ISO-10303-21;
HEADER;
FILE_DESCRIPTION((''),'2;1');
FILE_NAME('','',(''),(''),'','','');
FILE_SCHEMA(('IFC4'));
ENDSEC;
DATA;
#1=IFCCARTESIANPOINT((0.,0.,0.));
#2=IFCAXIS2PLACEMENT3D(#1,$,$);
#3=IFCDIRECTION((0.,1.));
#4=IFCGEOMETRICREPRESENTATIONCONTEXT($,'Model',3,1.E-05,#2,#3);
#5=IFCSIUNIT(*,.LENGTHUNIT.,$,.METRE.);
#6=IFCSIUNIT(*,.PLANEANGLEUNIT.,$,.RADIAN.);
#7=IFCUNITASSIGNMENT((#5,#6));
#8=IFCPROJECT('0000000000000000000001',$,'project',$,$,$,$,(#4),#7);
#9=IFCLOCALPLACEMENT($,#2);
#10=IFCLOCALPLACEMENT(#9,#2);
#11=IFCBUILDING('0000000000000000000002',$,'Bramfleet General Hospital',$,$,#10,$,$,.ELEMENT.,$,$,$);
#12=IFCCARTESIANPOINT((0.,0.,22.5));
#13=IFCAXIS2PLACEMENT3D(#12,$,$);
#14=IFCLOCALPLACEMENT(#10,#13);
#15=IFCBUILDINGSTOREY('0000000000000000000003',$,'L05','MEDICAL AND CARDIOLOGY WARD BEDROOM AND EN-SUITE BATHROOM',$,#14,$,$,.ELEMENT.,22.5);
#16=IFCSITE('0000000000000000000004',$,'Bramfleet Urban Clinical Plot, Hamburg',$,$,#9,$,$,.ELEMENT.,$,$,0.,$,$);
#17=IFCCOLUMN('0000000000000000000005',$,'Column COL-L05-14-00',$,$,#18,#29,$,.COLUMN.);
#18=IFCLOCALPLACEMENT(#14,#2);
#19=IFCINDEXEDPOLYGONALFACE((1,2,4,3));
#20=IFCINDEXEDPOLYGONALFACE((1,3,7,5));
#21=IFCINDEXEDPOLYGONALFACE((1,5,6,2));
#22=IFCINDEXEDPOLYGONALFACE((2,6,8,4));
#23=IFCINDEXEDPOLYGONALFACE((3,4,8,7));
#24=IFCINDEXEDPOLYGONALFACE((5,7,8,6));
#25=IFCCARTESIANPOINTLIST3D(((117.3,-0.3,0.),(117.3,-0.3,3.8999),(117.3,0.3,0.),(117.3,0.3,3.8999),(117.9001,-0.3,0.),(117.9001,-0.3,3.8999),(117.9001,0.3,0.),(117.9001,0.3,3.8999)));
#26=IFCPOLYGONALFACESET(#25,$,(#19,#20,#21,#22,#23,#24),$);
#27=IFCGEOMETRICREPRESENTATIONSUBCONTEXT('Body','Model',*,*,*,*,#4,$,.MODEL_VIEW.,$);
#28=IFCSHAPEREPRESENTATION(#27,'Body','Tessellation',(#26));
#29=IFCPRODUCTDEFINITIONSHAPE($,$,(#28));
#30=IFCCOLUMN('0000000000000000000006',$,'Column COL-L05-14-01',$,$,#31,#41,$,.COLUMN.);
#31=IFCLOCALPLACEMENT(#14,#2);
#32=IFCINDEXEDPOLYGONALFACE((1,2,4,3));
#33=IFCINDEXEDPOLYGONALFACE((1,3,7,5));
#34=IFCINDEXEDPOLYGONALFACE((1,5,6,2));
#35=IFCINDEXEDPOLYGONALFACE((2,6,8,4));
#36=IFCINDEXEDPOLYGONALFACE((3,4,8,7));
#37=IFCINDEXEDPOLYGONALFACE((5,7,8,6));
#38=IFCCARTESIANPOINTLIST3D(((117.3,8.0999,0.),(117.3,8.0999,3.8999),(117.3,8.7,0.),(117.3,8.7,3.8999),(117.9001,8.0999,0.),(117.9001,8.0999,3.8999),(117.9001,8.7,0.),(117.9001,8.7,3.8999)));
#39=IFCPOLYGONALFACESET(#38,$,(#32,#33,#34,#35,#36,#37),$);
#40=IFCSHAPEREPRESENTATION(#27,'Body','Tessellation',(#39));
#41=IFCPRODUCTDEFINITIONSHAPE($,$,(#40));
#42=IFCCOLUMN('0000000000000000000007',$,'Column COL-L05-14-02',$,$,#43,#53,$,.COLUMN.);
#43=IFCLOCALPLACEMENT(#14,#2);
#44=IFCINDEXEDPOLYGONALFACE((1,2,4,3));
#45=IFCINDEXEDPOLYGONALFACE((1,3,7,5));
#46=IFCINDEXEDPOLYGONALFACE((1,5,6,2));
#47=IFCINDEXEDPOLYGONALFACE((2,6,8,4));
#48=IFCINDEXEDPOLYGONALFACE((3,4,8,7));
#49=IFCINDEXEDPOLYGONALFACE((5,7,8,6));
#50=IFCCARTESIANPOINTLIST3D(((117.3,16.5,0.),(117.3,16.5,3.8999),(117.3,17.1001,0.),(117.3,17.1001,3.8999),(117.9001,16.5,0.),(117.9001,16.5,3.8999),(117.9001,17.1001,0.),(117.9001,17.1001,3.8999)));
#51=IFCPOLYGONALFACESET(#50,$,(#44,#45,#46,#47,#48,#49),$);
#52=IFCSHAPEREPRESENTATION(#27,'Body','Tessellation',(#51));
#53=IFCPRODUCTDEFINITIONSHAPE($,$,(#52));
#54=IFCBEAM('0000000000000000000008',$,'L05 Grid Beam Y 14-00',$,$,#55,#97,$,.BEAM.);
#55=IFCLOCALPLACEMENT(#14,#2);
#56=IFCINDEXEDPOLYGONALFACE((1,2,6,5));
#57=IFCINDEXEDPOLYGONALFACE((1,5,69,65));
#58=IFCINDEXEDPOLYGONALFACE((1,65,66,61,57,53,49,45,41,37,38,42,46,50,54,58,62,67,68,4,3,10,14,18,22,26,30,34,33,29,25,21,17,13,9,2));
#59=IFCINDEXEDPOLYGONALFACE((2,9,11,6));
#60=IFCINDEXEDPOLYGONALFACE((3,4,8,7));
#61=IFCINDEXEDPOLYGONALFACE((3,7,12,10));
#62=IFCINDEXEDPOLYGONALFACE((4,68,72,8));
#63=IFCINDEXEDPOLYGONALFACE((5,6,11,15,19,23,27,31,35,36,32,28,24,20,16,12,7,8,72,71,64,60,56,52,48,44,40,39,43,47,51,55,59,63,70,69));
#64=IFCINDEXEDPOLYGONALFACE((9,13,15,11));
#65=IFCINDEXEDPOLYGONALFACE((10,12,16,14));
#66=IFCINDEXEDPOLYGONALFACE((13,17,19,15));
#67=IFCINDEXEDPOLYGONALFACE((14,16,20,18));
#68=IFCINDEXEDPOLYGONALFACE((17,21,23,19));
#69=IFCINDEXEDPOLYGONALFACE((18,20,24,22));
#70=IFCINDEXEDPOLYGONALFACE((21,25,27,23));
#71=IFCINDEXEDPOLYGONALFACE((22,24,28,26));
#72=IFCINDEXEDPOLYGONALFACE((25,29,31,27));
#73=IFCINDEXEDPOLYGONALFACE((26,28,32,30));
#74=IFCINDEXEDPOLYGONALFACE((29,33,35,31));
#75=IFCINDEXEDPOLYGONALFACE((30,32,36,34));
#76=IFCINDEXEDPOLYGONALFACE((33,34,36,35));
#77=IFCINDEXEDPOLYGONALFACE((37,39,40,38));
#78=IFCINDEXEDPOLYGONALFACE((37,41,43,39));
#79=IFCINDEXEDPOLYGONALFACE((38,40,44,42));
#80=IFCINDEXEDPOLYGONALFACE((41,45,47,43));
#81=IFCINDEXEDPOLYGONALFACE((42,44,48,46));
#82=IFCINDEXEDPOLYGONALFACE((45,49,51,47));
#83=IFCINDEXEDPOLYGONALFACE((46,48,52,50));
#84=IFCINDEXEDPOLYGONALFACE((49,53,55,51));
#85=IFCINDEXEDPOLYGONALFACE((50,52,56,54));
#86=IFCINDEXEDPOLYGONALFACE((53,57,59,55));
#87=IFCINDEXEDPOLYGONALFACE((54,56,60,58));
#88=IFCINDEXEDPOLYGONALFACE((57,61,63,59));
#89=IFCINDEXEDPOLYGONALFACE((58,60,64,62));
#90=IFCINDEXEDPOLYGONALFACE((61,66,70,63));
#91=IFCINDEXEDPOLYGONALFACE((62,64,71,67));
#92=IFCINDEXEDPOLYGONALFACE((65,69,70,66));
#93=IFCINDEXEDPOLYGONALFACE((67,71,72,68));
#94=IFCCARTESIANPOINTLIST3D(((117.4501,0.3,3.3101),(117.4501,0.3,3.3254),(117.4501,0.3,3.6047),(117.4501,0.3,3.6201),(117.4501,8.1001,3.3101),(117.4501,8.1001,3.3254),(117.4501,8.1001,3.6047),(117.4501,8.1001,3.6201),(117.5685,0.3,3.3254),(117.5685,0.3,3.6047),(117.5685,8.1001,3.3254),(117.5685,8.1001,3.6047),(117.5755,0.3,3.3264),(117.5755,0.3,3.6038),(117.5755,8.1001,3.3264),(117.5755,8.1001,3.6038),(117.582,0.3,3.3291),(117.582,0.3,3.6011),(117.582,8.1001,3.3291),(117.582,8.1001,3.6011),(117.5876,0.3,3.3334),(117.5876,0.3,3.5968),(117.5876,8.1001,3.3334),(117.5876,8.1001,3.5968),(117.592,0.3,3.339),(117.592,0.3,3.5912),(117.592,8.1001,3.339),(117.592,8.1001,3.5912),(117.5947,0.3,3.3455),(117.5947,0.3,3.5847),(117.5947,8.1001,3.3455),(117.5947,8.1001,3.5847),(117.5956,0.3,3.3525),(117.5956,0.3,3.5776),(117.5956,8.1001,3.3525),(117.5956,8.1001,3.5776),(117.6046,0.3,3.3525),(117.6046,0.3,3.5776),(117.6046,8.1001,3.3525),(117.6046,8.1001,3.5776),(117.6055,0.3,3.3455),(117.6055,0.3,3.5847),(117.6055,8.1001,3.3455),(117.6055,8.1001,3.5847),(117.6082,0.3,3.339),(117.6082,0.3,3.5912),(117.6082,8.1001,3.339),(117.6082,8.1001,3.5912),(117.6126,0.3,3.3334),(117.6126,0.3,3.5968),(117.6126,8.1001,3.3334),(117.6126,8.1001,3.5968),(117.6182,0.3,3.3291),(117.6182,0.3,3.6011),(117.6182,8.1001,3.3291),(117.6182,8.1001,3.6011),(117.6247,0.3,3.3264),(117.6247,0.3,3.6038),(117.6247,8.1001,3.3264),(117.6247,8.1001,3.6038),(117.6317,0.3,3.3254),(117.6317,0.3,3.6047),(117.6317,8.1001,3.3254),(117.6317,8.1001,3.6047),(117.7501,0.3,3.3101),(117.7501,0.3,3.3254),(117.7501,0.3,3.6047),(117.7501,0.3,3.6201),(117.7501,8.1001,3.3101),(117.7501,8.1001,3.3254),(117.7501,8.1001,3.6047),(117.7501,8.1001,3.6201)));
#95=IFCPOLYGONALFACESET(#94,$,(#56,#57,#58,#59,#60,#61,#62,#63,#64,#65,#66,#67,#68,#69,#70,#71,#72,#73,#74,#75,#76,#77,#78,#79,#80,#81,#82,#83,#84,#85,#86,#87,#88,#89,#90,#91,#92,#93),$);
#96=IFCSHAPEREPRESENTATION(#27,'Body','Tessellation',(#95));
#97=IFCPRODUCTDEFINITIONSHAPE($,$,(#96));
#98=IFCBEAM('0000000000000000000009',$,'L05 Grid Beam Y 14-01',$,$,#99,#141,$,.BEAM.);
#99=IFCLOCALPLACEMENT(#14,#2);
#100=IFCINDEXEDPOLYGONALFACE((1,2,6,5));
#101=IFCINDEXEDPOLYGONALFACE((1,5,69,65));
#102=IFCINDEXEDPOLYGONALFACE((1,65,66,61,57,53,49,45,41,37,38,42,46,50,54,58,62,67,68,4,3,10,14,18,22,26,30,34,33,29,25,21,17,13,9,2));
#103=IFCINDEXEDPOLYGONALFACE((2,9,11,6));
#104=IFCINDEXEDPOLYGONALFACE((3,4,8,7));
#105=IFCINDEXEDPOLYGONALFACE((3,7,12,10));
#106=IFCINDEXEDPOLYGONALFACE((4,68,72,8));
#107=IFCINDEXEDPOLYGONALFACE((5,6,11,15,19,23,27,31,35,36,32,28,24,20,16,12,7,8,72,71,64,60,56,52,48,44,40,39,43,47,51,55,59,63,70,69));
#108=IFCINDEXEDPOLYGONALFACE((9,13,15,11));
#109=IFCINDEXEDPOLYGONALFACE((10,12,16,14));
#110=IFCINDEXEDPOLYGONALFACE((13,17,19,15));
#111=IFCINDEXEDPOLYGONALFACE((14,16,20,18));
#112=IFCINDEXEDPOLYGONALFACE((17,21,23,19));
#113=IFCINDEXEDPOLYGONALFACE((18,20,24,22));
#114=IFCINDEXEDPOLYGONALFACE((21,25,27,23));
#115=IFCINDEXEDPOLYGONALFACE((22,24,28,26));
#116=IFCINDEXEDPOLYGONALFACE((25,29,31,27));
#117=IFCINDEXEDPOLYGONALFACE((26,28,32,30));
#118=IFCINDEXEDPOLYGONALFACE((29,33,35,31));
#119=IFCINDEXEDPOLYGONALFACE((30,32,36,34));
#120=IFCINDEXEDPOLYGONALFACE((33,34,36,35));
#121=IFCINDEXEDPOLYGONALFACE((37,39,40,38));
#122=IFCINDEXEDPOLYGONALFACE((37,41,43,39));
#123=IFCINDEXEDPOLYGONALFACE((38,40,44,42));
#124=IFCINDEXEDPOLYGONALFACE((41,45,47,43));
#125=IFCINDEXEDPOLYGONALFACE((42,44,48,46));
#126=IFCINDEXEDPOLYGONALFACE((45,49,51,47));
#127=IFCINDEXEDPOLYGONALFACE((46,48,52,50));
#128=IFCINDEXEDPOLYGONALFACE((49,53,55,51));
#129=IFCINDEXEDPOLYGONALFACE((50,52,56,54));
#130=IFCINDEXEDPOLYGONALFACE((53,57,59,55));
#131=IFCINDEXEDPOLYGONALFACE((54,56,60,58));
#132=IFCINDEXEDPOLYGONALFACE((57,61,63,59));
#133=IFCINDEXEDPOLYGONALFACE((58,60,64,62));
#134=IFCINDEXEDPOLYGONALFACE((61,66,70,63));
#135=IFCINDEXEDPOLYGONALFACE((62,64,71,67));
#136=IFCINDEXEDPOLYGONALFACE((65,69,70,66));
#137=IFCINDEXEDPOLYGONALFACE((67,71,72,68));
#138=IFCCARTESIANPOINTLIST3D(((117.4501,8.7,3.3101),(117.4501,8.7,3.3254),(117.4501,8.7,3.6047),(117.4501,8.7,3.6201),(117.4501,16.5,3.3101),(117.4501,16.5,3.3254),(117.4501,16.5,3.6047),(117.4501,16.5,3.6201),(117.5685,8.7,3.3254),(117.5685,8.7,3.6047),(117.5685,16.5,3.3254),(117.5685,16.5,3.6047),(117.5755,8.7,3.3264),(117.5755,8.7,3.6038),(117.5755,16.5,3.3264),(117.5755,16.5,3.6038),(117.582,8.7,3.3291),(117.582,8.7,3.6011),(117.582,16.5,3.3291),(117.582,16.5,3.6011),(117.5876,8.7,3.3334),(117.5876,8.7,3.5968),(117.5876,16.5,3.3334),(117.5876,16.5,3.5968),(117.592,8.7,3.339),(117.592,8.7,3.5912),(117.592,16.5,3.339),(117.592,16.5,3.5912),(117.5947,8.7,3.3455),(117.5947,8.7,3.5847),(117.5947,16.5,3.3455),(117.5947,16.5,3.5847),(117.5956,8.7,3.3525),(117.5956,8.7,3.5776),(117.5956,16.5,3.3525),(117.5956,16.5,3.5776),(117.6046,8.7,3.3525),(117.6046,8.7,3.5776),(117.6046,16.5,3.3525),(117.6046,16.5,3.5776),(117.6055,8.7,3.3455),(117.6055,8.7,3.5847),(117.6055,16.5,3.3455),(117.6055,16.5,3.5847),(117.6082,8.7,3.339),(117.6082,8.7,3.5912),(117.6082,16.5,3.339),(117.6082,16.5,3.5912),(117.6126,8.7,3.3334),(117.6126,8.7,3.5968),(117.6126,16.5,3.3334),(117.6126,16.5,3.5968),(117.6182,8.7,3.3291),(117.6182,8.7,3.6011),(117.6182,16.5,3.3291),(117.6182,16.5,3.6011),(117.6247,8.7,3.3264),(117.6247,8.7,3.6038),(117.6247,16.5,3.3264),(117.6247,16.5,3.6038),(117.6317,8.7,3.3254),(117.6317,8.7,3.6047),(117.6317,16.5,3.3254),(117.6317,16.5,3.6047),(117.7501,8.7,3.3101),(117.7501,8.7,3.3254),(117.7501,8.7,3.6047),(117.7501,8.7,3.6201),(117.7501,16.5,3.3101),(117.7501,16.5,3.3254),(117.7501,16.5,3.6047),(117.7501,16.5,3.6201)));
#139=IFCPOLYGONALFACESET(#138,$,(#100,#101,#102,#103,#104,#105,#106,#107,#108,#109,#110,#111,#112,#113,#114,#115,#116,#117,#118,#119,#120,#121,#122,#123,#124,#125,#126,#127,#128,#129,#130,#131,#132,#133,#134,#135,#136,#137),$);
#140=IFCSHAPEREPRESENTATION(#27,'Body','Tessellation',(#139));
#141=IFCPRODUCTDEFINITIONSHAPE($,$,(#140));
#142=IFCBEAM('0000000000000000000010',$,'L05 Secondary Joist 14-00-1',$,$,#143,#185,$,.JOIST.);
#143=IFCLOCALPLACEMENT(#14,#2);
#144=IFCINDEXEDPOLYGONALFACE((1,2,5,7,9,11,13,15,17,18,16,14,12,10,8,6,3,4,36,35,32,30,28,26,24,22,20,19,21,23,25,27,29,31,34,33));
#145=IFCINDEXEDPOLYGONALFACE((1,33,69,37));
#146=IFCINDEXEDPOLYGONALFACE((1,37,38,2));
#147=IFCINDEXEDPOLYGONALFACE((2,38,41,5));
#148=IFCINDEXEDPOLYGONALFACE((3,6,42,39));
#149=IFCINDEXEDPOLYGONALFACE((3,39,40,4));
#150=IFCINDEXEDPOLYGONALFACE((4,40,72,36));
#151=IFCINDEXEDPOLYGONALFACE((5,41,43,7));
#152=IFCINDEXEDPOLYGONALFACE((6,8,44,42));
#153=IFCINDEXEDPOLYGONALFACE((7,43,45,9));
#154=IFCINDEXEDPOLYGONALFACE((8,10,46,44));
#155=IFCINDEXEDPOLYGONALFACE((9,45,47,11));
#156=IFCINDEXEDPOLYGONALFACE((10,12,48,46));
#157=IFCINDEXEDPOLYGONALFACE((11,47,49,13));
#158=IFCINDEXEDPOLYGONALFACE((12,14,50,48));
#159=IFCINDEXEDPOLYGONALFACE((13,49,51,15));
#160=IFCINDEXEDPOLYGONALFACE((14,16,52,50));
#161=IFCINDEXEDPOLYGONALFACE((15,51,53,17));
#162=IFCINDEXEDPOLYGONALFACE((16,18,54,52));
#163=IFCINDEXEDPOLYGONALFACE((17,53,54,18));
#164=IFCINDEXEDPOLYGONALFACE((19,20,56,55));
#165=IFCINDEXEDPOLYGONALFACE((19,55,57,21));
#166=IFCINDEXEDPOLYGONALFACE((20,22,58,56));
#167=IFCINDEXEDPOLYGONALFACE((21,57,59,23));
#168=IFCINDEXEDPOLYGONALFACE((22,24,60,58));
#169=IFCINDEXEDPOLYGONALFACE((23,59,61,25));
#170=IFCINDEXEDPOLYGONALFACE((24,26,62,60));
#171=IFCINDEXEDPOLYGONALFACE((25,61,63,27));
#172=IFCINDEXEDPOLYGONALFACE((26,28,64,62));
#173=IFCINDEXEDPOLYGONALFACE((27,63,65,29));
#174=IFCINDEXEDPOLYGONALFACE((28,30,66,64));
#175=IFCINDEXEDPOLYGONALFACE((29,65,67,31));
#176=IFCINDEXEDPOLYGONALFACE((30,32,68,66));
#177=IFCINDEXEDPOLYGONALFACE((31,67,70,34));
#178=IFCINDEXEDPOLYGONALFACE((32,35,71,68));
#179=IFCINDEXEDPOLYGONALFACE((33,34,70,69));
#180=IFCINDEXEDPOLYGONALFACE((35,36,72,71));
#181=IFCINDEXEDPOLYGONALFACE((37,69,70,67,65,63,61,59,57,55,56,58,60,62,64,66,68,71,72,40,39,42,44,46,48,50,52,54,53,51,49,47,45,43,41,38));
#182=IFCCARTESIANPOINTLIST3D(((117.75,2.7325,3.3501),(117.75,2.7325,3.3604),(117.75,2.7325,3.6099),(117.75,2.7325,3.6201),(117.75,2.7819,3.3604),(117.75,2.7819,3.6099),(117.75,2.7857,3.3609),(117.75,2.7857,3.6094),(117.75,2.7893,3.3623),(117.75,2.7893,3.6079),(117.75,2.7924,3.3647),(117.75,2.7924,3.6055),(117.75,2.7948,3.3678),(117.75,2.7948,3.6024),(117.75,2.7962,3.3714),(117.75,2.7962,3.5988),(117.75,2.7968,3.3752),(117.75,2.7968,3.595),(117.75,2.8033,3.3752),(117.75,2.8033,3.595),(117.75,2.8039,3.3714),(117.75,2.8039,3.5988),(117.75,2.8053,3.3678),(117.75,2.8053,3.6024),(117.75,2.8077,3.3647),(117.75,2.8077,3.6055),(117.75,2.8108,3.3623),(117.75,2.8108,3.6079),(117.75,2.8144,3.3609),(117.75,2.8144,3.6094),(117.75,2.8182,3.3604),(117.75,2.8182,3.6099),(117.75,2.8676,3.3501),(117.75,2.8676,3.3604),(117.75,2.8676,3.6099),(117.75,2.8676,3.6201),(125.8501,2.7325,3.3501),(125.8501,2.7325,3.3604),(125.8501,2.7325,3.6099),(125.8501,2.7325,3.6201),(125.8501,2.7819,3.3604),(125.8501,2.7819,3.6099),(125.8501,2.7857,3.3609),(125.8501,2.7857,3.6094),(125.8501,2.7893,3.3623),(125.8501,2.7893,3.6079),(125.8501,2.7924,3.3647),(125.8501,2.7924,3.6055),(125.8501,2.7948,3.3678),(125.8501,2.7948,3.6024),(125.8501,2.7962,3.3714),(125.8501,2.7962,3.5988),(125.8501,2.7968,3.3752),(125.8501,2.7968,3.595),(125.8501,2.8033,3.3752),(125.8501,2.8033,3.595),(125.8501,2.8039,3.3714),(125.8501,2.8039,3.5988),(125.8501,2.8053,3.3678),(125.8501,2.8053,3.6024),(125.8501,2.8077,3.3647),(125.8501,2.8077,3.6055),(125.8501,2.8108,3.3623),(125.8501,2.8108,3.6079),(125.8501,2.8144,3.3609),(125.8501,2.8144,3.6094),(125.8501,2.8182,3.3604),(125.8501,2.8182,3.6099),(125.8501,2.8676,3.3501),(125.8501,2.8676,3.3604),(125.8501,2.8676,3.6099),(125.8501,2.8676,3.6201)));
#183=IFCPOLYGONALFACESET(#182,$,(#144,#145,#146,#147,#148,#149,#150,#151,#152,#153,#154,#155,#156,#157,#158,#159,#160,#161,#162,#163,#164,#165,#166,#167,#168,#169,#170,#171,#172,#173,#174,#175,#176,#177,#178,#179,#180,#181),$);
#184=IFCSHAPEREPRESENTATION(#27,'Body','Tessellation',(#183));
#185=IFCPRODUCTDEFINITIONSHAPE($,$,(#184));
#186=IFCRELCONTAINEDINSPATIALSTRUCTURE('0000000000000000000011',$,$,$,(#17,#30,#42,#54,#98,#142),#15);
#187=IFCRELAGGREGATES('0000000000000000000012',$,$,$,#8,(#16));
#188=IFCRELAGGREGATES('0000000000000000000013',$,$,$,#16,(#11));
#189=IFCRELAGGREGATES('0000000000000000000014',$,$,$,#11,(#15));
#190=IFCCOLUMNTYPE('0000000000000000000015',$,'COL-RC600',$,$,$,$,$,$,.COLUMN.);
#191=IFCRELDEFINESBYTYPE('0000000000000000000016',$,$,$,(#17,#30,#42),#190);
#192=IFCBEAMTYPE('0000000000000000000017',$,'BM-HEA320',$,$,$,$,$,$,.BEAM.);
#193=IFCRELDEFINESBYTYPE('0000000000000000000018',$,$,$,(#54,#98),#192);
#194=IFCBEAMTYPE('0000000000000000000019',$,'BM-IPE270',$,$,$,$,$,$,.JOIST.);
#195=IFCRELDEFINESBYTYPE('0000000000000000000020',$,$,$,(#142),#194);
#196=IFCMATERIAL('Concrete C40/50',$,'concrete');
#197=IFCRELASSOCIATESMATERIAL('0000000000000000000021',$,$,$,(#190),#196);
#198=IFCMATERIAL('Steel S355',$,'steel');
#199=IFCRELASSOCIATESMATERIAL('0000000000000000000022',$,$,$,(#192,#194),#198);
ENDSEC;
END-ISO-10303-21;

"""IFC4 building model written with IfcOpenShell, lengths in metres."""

from ifc_helpers import new_model, si_unit, direction, frame, origin, origin_2d, place, context, subcontext, project, spatial, rectangle, i_section, extrude, material, material_profile, profile_set, type_object, element, save


model = new_model("IFC4")

# Units and contexts
model_context = context("Model", 3, precision=1e-05, world=origin(), true_north=direction((0.0, 1.0)))
body_context = subcontext(model_context, "Body", "Model", "MODEL_VIEW")
ifc_project = project(units=[si_unit("LENGTHUNIT", "METRE"), si_unit("PLANEANGLEUNIT", "RADIAN")], contexts=[model_context])

# Site, building, storey
site_placement = place(None, origin())
site = spatial("IfcSite", under=ifc_project, at=site_placement, Name="Bramfleet Urban Clinical Plot, Hamburg", CompositionType="ELEMENT", RefElevation=0.0)
building_placement = place(site_placement, origin())
building = spatial("IfcBuilding", under=site, at=building_placement, Name="Bramfleet General Hospital", CompositionType="ELEMENT")
storey_placement = place(building_placement, frame((0.0, 0.0, 22.5)))
storey = spatial("IfcBuildingStorey", under=building, at=storey_placement, Name="L05", Description="MEDICAL AND CARDIOLOGY WARD BEDROOM AND EN-SUITE BATHROOM", CompositionType="ELEMENT", Elevation=22.5)

# Columns
ifc_material_1 = material(Name="Concrete C40/50", Category="concrete")
ifc_material_profile_1 = material_profile(ifc_material_1, rectangle(XDim=0.6001, YDim=0.6001, at=origin_2d()), Name="RC COL 600x600")
ifc_profile_set_1 = profile_set([ifc_material_profile_1], Name="Concrete C40/50")
column_type = type_object("IfcColumnType", Name="COL-RC600", PredefinedType="COLUMN", material=ifc_profile_set_1)
for number, where, z_axis, x_axis, name in (
    (1, (117.6001, 0.0, 0.0), (0.0, 0.0, 1.0), (1.0, 0.0, 0.0), "Column COL-L05-14-00"),
    (2, (117.6001, 8.3999, 0.0), (0.0, 0.0, 1.0), (1.0, 0.0, 0.0), "Column COL-L05-14-01"),
    (3, (117.6001, 16.8, 0.0), (0.0, 0.0, 1.0), (1.0, 0.0, 0.0), "Column COL-L05-14-02"),
):
    element("IfcColumn", number, at=place(storey_placement, frame(where, z_axis=z_axis, x_axis=x_axis)), inside=storey, type_object=column_type, Name=name, PredefinedType="COLUMN", context=body_context, shape_type="SweptSolid", body=[
        extrude(rectangle(XDim=0.6001, YDim=0.6001, at=origin_2d()), origin(), (0.0, 0.0, 1.0), 3.8999),
    ])

# Beams
ifc_material_2 = material(Name="Steel S355", Category="steel")
ifc_material_profile_2 = material_profile(ifc_material_2, i_section(OverallWidth=0.3, OverallDepth=0.3101, WebThickness=0.009, FlangeThickness=0.0154, FilletRadius=0.0271, at=origin_2d()), Name="HEA 320")
ifc_profile_set_2 = profile_set([ifc_material_profile_2], Name="Steel S355")
beam_type_1 = type_object("IfcBeamType", Name="BM-HEA320", PredefinedType="BEAM", material=ifc_profile_set_2)
for number, where, z_axis, x_axis, name in (
    (4, (117.6001, 0.3, 3.4651), (0.0, 1.0, 0.0), (-1.0, 0.0, 0.0), "L05 Grid Beam Y 14-00"),
    (5, (117.6001, 8.7, 3.4651), (0.0, 1.0, 0.0), (-1.0, 0.0, 0.0), "L05 Grid Beam Y 14-01"),
):
    element("IfcBeam", number, at=place(storey_placement, frame(where, z_axis=z_axis, x_axis=x_axis)), inside=storey, type_object=beam_type_1, Name=name, PredefinedType="BEAM", context=body_context, shape_type="SweptSolid", body=[
        extrude(i_section(OverallWidth=0.3, OverallDepth=0.3101, WebThickness=0.009, FlangeThickness=0.0154, FilletRadius=0.0271, at=origin_2d()), origin(), (0.0, 0.0, 1.0), 7.8),
    ])
ifc_material_profile_3 = material_profile(ifc_material_2, i_section(OverallWidth=0.135, OverallDepth=0.27, WebThickness=0.0066, FlangeThickness=0.0103, FilletRadius=0.0149, at=origin_2d()), Name="IPE 270")
ifc_profile_set_3 = profile_set([ifc_material_profile_3], Name="Steel S355")
beam_type_2 = type_object("IfcBeamType", Name="BM-IPE270", PredefinedType="JOIST", material=ifc_profile_set_3)
for number, where, z_axis, x_axis, name in (
    (6, (117.75, 2.8, 3.4851), (1.0, 0.0, 0.0), (0.0, 1.0, 0.0), "L05 Secondary Joist 14-00-1"),
):
    element("IfcBeam", number, at=place(storey_placement, frame(where, z_axis=z_axis, x_axis=x_axis)), inside=storey, type_object=beam_type_2, Name=name, PredefinedType="JOIST", context=body_context, shape_type="SweptSolid", body=[
        extrude(i_section(OverallWidth=0.135, OverallDepth=0.27, WebThickness=0.0066, FlangeThickness=0.0103, FilletRadius=0.0149, at=origin_2d()), origin(), (0.0, 0.0, 1.0), 8.1001),
    ])

save(model, "model.ifc")
